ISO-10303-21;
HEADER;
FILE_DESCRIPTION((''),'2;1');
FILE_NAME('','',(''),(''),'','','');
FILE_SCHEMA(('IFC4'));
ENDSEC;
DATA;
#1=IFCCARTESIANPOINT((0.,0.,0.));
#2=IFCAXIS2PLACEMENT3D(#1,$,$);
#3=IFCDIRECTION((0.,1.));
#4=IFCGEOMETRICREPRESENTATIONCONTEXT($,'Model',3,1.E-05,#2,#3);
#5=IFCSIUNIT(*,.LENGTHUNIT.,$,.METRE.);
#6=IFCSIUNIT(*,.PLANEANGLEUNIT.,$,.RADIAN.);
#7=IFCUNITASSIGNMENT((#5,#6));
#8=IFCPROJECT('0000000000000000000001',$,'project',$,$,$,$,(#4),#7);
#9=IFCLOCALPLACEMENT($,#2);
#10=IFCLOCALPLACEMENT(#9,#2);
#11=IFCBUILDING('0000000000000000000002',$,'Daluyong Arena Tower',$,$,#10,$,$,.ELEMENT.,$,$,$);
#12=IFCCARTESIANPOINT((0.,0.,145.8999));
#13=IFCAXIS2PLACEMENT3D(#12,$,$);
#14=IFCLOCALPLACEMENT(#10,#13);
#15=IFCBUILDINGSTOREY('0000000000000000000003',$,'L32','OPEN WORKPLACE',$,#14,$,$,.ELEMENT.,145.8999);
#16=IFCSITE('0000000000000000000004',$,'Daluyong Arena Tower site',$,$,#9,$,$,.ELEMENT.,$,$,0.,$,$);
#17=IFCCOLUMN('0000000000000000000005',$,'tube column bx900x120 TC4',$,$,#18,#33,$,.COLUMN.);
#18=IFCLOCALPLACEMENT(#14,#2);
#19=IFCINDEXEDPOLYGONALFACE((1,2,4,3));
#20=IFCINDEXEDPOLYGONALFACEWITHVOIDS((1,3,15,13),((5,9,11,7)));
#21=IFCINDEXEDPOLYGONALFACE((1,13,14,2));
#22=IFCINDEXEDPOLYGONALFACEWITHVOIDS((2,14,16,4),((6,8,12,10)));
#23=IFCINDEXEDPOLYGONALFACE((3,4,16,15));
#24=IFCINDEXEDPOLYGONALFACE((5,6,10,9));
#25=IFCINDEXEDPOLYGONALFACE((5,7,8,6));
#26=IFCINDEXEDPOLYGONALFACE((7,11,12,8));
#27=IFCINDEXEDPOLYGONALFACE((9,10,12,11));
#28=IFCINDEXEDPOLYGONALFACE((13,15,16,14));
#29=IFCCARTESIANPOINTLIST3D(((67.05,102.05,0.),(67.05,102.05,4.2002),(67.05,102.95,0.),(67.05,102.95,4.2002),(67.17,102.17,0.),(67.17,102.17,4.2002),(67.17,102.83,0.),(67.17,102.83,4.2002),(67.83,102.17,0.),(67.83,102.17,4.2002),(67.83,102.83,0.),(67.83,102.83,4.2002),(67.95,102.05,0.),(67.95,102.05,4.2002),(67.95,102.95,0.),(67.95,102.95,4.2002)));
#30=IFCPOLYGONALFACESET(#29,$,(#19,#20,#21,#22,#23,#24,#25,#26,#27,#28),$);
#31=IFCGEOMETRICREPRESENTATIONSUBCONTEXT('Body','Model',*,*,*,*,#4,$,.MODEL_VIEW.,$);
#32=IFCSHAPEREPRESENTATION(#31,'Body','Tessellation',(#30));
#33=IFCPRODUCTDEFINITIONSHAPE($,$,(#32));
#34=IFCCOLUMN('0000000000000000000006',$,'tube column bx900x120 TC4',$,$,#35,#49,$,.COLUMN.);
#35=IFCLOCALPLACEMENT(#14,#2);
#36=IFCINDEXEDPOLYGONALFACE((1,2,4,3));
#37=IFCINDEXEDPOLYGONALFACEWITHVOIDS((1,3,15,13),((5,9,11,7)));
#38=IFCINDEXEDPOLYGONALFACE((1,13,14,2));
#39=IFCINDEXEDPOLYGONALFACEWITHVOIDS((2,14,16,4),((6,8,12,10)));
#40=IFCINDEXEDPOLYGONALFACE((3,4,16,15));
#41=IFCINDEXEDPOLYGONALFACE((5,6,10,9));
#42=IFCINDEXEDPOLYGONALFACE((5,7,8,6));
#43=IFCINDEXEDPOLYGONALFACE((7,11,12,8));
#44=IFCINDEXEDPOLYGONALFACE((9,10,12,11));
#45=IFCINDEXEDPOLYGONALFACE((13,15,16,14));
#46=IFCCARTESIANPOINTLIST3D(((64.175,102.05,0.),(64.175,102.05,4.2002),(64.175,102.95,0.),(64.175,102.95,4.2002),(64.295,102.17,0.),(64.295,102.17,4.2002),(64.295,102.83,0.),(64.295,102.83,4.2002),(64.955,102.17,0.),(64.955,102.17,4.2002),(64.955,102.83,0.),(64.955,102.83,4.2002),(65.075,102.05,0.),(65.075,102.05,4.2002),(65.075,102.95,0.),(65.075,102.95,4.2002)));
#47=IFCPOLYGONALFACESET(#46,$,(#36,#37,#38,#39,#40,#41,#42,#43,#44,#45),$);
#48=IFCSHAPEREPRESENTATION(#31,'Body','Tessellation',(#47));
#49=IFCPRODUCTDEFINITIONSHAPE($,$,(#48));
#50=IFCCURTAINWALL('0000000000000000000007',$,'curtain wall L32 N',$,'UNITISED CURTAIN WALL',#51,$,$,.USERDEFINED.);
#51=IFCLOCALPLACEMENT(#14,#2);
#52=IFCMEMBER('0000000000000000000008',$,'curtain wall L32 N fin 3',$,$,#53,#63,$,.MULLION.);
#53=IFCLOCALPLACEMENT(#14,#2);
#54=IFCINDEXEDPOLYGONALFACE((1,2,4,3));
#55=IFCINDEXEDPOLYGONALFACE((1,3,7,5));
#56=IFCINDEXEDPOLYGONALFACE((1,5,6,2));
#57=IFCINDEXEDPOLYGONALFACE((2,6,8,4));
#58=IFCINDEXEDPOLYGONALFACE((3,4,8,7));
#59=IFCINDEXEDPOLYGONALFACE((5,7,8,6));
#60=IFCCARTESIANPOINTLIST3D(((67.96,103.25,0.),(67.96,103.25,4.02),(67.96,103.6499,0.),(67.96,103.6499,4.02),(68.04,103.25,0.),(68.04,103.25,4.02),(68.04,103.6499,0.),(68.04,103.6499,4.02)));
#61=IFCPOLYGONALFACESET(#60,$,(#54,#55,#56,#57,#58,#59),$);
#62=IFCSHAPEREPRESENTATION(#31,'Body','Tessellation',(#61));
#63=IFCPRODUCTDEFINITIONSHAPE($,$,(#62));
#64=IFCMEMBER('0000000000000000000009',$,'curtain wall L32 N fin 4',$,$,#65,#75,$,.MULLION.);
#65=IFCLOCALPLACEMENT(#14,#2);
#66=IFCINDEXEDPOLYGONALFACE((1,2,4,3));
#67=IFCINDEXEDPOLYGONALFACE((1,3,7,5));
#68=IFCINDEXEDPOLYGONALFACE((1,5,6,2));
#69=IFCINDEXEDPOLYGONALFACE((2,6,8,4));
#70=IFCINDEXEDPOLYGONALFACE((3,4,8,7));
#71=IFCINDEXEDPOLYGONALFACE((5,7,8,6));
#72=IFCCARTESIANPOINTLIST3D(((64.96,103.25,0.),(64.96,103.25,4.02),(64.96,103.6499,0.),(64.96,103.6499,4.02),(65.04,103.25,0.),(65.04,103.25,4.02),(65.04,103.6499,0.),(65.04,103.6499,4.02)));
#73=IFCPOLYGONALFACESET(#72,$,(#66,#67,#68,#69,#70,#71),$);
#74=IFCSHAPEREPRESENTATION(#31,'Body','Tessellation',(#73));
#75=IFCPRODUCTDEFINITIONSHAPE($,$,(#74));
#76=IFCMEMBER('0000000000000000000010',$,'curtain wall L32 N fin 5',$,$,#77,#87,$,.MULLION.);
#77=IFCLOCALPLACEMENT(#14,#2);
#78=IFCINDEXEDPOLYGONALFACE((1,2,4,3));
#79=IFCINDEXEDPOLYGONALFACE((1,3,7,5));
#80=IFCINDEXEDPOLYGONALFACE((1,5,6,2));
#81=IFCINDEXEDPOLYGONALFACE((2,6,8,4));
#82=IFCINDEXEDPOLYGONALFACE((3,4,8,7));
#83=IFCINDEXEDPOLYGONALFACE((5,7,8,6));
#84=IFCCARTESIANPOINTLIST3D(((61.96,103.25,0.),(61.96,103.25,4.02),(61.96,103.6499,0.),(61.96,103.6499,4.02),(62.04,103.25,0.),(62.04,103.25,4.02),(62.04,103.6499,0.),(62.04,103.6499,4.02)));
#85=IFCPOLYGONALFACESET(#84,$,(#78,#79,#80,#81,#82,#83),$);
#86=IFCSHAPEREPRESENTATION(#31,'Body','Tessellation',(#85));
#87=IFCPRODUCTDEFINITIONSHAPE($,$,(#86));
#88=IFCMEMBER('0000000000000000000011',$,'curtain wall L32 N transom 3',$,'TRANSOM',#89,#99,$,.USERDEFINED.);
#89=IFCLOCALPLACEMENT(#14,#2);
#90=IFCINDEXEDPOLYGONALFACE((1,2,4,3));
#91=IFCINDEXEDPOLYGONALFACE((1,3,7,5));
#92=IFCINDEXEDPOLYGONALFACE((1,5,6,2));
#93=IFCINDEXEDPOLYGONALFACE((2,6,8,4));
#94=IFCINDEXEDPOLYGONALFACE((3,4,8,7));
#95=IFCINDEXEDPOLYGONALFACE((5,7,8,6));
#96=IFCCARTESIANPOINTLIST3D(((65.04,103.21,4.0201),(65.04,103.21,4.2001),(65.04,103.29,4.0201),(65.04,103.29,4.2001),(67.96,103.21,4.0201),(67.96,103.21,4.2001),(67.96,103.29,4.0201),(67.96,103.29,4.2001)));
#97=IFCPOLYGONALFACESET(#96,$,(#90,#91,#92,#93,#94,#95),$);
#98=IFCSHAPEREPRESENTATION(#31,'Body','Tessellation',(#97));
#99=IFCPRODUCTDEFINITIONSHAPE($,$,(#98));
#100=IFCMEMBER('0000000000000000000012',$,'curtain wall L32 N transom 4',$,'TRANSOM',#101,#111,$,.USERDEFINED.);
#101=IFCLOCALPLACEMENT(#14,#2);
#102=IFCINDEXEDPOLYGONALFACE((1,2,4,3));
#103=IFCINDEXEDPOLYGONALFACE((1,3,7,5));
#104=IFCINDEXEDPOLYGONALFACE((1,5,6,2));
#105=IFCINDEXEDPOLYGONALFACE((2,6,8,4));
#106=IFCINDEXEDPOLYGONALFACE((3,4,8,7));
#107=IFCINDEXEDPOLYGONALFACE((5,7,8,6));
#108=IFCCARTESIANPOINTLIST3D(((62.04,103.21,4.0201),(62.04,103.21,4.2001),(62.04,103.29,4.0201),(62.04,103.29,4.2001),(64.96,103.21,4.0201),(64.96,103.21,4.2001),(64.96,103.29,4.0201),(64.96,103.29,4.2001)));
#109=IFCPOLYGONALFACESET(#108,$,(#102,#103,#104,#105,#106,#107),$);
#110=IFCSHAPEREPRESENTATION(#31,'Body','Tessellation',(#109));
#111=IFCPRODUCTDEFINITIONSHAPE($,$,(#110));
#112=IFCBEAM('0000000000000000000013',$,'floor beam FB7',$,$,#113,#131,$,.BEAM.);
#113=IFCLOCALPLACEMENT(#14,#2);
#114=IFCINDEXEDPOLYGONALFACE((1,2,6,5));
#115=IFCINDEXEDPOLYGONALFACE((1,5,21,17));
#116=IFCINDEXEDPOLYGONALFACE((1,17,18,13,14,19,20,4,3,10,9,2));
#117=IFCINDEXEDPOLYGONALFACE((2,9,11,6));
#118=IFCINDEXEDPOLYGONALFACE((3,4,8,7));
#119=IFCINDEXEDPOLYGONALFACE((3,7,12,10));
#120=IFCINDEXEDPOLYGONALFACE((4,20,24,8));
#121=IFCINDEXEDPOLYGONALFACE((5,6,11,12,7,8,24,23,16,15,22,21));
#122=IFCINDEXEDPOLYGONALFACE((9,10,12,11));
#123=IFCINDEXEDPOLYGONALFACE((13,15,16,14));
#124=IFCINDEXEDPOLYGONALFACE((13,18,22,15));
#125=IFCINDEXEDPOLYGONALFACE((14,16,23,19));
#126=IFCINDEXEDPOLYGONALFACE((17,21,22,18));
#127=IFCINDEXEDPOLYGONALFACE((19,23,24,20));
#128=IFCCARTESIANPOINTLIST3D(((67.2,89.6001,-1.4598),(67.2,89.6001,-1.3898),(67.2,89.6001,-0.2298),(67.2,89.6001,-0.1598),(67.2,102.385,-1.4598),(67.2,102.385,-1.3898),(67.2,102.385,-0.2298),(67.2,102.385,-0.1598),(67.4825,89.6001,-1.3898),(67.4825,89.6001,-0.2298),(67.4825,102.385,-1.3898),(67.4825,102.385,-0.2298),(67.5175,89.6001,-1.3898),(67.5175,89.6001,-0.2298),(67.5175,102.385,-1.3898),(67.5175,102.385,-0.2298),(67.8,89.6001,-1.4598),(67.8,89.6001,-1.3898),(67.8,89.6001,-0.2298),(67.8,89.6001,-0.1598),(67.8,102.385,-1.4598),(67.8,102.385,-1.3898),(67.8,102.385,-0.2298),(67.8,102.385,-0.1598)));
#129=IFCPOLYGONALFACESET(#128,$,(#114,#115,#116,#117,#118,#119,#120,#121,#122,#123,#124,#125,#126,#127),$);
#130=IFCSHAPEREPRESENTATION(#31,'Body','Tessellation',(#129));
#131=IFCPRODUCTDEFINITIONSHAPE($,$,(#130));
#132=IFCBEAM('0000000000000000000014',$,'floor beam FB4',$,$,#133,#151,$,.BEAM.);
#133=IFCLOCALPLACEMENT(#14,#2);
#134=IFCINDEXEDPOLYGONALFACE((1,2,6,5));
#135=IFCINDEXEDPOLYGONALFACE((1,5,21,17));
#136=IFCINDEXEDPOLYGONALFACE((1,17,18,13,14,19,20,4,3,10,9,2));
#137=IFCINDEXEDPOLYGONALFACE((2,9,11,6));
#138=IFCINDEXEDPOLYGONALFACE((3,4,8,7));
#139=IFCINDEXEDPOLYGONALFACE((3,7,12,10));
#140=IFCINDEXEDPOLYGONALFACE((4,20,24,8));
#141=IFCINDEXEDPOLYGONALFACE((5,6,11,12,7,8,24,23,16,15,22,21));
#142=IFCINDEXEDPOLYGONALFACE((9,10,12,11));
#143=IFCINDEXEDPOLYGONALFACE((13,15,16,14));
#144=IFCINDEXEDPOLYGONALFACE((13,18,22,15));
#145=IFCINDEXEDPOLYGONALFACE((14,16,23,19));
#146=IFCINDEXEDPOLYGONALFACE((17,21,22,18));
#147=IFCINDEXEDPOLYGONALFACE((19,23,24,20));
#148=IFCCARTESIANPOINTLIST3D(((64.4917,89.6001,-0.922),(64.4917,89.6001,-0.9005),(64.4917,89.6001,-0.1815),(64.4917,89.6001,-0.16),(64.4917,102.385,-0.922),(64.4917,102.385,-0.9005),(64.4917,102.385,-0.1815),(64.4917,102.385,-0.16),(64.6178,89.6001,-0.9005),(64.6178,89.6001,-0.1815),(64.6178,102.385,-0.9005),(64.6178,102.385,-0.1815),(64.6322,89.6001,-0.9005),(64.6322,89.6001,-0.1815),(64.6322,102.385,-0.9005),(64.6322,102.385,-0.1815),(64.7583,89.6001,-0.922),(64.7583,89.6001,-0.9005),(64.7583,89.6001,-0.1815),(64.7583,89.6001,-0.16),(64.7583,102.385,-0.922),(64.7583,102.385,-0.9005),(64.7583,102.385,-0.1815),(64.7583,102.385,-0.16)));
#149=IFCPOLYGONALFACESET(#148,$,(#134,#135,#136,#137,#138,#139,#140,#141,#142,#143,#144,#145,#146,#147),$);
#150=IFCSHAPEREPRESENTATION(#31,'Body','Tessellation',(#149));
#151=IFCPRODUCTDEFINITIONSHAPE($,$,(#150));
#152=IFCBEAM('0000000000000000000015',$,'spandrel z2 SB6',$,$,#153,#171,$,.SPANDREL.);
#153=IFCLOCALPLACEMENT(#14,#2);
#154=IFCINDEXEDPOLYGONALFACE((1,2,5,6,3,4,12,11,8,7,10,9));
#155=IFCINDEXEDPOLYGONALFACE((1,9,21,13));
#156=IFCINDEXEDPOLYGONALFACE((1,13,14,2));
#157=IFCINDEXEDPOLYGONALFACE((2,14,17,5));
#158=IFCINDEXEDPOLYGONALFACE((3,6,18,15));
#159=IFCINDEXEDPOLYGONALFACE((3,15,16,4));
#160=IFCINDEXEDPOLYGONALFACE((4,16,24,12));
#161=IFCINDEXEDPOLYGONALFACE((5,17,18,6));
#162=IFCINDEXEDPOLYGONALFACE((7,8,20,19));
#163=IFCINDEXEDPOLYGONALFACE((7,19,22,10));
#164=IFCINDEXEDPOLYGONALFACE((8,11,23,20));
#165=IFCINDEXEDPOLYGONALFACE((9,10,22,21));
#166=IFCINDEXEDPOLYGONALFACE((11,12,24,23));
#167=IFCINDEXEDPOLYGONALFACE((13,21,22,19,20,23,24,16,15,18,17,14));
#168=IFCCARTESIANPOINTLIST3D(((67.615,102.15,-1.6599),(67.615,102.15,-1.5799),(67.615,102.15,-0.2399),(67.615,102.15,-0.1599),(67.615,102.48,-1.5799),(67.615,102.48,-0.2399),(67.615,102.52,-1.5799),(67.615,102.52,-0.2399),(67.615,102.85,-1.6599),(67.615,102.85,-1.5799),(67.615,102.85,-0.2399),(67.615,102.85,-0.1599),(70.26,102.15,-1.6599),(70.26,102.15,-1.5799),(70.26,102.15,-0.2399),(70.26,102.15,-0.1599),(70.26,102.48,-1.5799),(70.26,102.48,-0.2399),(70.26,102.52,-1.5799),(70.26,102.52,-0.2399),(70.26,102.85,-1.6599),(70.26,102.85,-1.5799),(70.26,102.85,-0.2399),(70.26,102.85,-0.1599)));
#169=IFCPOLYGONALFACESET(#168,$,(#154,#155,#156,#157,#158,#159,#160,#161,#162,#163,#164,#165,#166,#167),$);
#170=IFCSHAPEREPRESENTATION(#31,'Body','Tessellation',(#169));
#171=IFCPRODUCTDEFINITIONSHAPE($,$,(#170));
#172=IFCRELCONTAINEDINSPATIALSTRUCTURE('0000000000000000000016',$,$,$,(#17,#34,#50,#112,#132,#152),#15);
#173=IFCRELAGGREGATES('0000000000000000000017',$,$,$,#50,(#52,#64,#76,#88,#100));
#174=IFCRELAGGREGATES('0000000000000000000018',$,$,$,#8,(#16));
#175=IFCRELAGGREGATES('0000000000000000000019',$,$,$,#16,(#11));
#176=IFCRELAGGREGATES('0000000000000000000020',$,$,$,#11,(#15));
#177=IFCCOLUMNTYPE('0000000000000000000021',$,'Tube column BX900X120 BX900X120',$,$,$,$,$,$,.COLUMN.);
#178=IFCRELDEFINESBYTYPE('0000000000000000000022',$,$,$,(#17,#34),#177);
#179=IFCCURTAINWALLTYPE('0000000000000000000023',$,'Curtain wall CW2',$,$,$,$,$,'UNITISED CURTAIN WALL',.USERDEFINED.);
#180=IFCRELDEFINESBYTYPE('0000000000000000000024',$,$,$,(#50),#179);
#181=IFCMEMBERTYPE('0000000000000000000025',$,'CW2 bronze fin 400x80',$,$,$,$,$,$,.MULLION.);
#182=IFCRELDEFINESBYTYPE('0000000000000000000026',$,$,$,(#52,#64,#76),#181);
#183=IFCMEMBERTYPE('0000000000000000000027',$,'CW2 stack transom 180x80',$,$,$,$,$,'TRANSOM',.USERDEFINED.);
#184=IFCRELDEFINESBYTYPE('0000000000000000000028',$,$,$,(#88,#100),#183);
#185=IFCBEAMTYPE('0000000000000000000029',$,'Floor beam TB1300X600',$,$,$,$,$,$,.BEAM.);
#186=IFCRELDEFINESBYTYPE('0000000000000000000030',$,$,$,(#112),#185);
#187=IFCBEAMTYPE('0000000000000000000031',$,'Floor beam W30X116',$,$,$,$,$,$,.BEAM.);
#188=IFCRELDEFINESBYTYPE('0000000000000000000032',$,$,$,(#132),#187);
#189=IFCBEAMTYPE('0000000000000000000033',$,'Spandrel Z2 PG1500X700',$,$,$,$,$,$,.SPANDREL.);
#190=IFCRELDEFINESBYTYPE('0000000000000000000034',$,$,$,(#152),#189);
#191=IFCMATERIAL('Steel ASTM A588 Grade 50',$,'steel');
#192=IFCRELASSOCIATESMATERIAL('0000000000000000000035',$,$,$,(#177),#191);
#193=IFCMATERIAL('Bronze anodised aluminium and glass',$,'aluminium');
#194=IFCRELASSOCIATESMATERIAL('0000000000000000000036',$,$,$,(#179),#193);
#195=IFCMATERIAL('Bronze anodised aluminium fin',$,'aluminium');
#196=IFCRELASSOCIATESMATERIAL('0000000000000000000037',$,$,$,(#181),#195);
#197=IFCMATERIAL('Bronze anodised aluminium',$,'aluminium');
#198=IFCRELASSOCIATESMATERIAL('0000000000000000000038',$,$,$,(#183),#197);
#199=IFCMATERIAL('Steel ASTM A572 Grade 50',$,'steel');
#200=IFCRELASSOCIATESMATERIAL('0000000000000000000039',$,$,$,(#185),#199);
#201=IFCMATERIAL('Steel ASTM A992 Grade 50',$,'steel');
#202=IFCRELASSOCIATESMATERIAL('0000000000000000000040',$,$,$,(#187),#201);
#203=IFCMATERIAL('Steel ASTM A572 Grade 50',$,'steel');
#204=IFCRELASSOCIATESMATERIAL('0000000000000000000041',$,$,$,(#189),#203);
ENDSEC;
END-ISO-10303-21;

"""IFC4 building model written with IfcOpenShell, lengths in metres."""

from ifc_helpers import new_model, si_unit, direction, frame, origin, origin_2d, place, context, subcontext, project, spatial, rectangle, hollow_rectangle, i_section, extrude, material, material_profile, profile_set, type_object, element, aggregate, save


model = new_model("IFC4")

# Units and contexts
model_context = context("Model", 3, precision=1e-05, world=origin(), true_north=direction((0.0, 1.0)))
body_context = subcontext(model_context, "Body", "Model", "MODEL_VIEW")
ifc_project = project(units=[si_unit("LENGTHUNIT", "METRE"), si_unit("PLANEANGLEUNIT", "RADIAN")], contexts=[model_context])

# Site, building, storey
site_placement = place(None, origin())
site = spatial("IfcSite", under=ifc_project, at=site_placement, Name="Daluyong Arena Tower site", CompositionType="ELEMENT", RefElevation=0.0)
building_placement = place(site_placement, origin())
building = spatial("IfcBuilding", under=site, at=building_placement, Name="Daluyong Arena Tower", CompositionType="ELEMENT")
storey_placement = place(building_placement, frame((0.0, 0.0, 145.8999)))
storey = spatial("IfcBuildingStorey", under=building, at=storey_placement, Name="L32", Description="OPEN WORKPLACE", CompositionType="ELEMENT", Elevation=145.8999)

# Columns
ifc_material_1 = material(Name="Steel ASTM A588 Grade 50", Category="steel")
ifc_material_profile_1 = material_profile(ifc_material_1, hollow_rectangle(XDim=0.8999, YDim=0.8999, WallThickness=0.12, at=origin_2d()))
ifc_profile_set_1 = profile_set([ifc_material_profile_1], Name="Steel ASTM A588 Grade 50")
column_type = type_object("IfcColumnType", Name="Tube column BX900X120 BX900X120", PredefinedType="COLUMN", material=ifc_profile_set_1)
for number, where, z_axis, x_axis, name in (
    (1, (67.5, 102.5, 0.0), (0.0, 0.0, 1.0), (1.0, 0.0, 0.0), "tube column bx900x120 TC4"),
    (2, (64.625, 102.5, 0.0), (0.0, 0.0, 1.0), (1.0, 0.0, 0.0), "tube column bx900x120 TC4"),
):
    element("IfcColumn", number, at=place(storey_placement, frame(where, z_axis=z_axis, x_axis=x_axis)), inside=storey, type_object=column_type, Name=name, PredefinedType="COLUMN", context=body_context, shape_type="SweptSolid", body=[
        extrude(hollow_rectangle(XDim=0.8999, YDim=0.8999, WallThickness=0.12, at=origin_2d()), origin(), (0.0, 0.0, 1.0), 4.2002),
    ])

# Curtain wall, members
ifc_material_2 = material(Name="Bronze anodised aluminium and glass", Category="aluminium")
curtain_wall_type = type_object("IfcCurtainWallType", Name="Curtain wall CW2", ElementType="UNITISED CURTAIN WALL", PredefinedType="USERDEFINED", material=ifc_material_2)
curtain_wall_placement = place(storey_placement, origin())
curtain_wall = element("IfcCurtainWall", 3, at=curtain_wall_placement, inside=storey, type_object=curtain_wall_type, Name="curtain wall L32 N", ObjectType="UNITISED CURTAIN WALL", PredefinedType="USERDEFINED")
ifc_material_3 = material(Name="Bronze anodised aluminium fin", Category="aluminium")
ifc_material_profile_2 = material_profile(ifc_material_3, rectangle(XDim=0.3999, YDim=0.0801, at=origin_2d()))
ifc_profile_set_2 = profile_set([ifc_material_profile_2], Name="Bronze anodised aluminium fin")
member_type_1 = type_object("IfcMemberType", Name="CW2 bronze fin 400x80", PredefinedType="MULLION", material=ifc_profile_set_2)
member_1_placement = place(storey_placement, frame((68.0, 103.45, 0.0), z_axis=(0.0, 0.0, 1.0), x_axis=(0.0, -1.0, 0.0)))
member_1 = element("IfcMember", 4, at=member_1_placement, type_object=member_type_1, Name="curtain wall L32 N fin 3", PredefinedType="MULLION", context=body_context, shape_type="SweptSolid", body=[
    extrude(rectangle(XDim=0.3999, YDim=0.0801, at=origin_2d()), origin(), (0.0, 0.0, 1.0), 4.02),
])
member_2_placement = place(storey_placement, frame((65.0, 103.45, 0.0), z_axis=(0.0, 0.0, 1.0), x_axis=(0.0, -1.0, 0.0)))
member_2 = element("IfcMember", 5, at=member_2_placement, type_object=member_type_1, Name="curtain wall L32 N fin 4", PredefinedType="MULLION", context=body_context, shape_type="SweptSolid", body=[
    extrude(rectangle(XDim=0.3999, YDim=0.0801, at=origin_2d()), origin(), (0.0, 0.0, 1.0), 4.02),
])
member_3_placement = place(storey_placement, frame((62.0, 103.45, 0.0), z_axis=(0.0, 0.0, 1.0), x_axis=(0.0, -1.0, 0.0)))
member_3 = element("IfcMember", 6, at=member_3_placement, type_object=member_type_1, Name="curtain wall L32 N fin 5", PredefinedType="MULLION", context=body_context, shape_type="SweptSolid", body=[
    extrude(rectangle(XDim=0.3999, YDim=0.0801, at=origin_2d()), origin(), (0.0, 0.0, 1.0), 4.02),
])
ifc_material_4 = material(Name="Bronze anodised aluminium", Category="aluminium")
ifc_material_profile_3 = material_profile(ifc_material_4, rectangle(XDim=0.0801, YDim=0.1799, at=origin_2d()))
ifc_profile_set_3 = profile_set([ifc_material_profile_3], Name="Bronze anodised aluminium")
member_type_2 = type_object("IfcMemberType", Name="CW2 stack transom 180x80", ElementType="TRANSOM", PredefinedType="USERDEFINED", material=ifc_profile_set_3)
member_4_placement = place(storey_placement, frame((67.96, 103.25, 4.1101), z_axis=(-1.0, 0.0, 0.0), x_axis=(0.0, -1.0, 0.0)))
member_4 = element("IfcMember", 7, at=member_4_placement, type_object=member_type_2, Name="curtain wall L32 N transom 3", ObjectType="TRANSOM", PredefinedType="USERDEFINED", context=body_context, shape_type="SweptSolid", body=[
    extrude(rectangle(XDim=0.0801, YDim=0.1799, at=origin_2d()), origin(), (0.0, 0.0, 1.0), 2.9199),
])
member_5_placement = place(storey_placement, frame((64.96, 103.25, 4.1101), z_axis=(-1.0, 0.0, 0.0), x_axis=(0.0, -1.0, 0.0)))
member_5 = element("IfcMember", 8, at=member_5_placement, type_object=member_type_2, Name="curtain wall L32 N transom 4", ObjectType="TRANSOM", PredefinedType="USERDEFINED", context=body_context, shape_type="SweptSolid", body=[
    extrude(rectangle(XDim=0.0801, YDim=0.1799, at=origin_2d()), origin(), (0.0, 0.0, 1.0), 2.9199),
])

# Beams
ifc_material_5 = material(Name="Steel ASTM A572 Grade 50", Category="steel")
ifc_material_profile_4 = material_profile(ifc_material_5, i_section(OverallWidth=0.6001, OverallDepth=1.3, WebThickness=0.035, FlangeThickness=0.07, at=origin_2d()))
ifc_profile_set_4 = profile_set([ifc_material_profile_4], Name="Steel ASTM A572 Grade 50")
beam_type_1 = type_object("IfcBeamType", Name="Floor beam TB1300X600", PredefinedType="BEAM", material=ifc_profile_set_4)
beam_1_placement = place(storey_placement, frame((67.5, 102.385, -0.8098), z_axis=(0.0, -1.0, 0.0), x_axis=(1.0, 0.0, 0.0)))
element("IfcBeam", 9, at=beam_1_placement, inside=storey, type_object=beam_type_1, Name="floor beam FB7", PredefinedType="BEAM", context=body_context, shape_type="SweptSolid", body=[
    extrude(i_section(OverallWidth=0.6001, OverallDepth=1.3, WebThickness=0.035, FlangeThickness=0.07, at=origin_2d()), origin(), (0.0, 0.0, 1.0), 12.7849),
])
ifc_material_6 = material(Name="Steel ASTM A992 Grade 50", Category="steel")
ifc_material_profile_5 = material_profile(ifc_material_6, i_section(OverallWidth=0.2666, OverallDepth=0.762, WebThickness=0.0144, FlangeThickness=0.0215, at=origin_2d()))
ifc_profile_set_5 = profile_set([ifc_material_profile_5], Name="Steel ASTM A992 Grade 50")
beam_type_2 = type_object("IfcBeamType", Name="Floor beam W30X116", PredefinedType="BEAM", material=ifc_profile_set_5)
beam_2_placement = place(storey_placement, frame((64.625, 102.385, -0.541), z_axis=(0.0, -1.0, 0.0), x_axis=(1.0, 0.0, 0.0)))
element("IfcBeam", 10, at=beam_2_placement, inside=storey, type_object=beam_type_2, Name="floor beam FB4", PredefinedType="BEAM", context=body_context, shape_type="SweptSolid", body=[
    extrude(i_section(OverallWidth=0.2666, OverallDepth=0.762, WebThickness=0.0144, FlangeThickness=0.0215, at=origin_2d()), origin(), (0.0, 0.0, 1.0), 12.7849),
])
ifc_material_7 = material(Name="Steel ASTM A572 Grade 50", Category="steel")
ifc_material_profile_6 = material_profile(ifc_material_7, i_section(OverallWidth=0.7, OverallDepth=1.5, WebThickness=0.04, FlangeThickness=0.08, at=origin_2d()))
ifc_profile_set_6 = profile_set([ifc_material_profile_6], Name="Steel ASTM A572 Grade 50")
beam_type_3 = type_object("IfcBeamType", Name="Spandrel Z2 PG1500X700", PredefinedType="SPANDREL", material=ifc_profile_set_6)
for number, where, z_axis, x_axis, name in (
    (11, (70.26, 102.5, -0.9099), (-1.0, 0.0, 0.0), (0.0, -1.0, 0.0), "spandrel z2 SB6"),
):
    element("IfcBeam", number, at=place(storey_placement, frame(where, z_axis=z_axis, x_axis=x_axis)), inside=storey, type_object=beam_type_3, Name=name, PredefinedType="SPANDREL", context=body_context, shape_type="SweptSolid", body=[
        extrude(i_section(OverallWidth=0.7, OverallDepth=1.5, WebThickness=0.04, FlangeThickness=0.08, at=origin_2d()), origin(), (0.0, 0.0, 1.0), 2.645),
    ])

aggregate(curtain_wall, [member_1, member_2, member_3, member_4, member_5])

save(model, "model.ifc")
